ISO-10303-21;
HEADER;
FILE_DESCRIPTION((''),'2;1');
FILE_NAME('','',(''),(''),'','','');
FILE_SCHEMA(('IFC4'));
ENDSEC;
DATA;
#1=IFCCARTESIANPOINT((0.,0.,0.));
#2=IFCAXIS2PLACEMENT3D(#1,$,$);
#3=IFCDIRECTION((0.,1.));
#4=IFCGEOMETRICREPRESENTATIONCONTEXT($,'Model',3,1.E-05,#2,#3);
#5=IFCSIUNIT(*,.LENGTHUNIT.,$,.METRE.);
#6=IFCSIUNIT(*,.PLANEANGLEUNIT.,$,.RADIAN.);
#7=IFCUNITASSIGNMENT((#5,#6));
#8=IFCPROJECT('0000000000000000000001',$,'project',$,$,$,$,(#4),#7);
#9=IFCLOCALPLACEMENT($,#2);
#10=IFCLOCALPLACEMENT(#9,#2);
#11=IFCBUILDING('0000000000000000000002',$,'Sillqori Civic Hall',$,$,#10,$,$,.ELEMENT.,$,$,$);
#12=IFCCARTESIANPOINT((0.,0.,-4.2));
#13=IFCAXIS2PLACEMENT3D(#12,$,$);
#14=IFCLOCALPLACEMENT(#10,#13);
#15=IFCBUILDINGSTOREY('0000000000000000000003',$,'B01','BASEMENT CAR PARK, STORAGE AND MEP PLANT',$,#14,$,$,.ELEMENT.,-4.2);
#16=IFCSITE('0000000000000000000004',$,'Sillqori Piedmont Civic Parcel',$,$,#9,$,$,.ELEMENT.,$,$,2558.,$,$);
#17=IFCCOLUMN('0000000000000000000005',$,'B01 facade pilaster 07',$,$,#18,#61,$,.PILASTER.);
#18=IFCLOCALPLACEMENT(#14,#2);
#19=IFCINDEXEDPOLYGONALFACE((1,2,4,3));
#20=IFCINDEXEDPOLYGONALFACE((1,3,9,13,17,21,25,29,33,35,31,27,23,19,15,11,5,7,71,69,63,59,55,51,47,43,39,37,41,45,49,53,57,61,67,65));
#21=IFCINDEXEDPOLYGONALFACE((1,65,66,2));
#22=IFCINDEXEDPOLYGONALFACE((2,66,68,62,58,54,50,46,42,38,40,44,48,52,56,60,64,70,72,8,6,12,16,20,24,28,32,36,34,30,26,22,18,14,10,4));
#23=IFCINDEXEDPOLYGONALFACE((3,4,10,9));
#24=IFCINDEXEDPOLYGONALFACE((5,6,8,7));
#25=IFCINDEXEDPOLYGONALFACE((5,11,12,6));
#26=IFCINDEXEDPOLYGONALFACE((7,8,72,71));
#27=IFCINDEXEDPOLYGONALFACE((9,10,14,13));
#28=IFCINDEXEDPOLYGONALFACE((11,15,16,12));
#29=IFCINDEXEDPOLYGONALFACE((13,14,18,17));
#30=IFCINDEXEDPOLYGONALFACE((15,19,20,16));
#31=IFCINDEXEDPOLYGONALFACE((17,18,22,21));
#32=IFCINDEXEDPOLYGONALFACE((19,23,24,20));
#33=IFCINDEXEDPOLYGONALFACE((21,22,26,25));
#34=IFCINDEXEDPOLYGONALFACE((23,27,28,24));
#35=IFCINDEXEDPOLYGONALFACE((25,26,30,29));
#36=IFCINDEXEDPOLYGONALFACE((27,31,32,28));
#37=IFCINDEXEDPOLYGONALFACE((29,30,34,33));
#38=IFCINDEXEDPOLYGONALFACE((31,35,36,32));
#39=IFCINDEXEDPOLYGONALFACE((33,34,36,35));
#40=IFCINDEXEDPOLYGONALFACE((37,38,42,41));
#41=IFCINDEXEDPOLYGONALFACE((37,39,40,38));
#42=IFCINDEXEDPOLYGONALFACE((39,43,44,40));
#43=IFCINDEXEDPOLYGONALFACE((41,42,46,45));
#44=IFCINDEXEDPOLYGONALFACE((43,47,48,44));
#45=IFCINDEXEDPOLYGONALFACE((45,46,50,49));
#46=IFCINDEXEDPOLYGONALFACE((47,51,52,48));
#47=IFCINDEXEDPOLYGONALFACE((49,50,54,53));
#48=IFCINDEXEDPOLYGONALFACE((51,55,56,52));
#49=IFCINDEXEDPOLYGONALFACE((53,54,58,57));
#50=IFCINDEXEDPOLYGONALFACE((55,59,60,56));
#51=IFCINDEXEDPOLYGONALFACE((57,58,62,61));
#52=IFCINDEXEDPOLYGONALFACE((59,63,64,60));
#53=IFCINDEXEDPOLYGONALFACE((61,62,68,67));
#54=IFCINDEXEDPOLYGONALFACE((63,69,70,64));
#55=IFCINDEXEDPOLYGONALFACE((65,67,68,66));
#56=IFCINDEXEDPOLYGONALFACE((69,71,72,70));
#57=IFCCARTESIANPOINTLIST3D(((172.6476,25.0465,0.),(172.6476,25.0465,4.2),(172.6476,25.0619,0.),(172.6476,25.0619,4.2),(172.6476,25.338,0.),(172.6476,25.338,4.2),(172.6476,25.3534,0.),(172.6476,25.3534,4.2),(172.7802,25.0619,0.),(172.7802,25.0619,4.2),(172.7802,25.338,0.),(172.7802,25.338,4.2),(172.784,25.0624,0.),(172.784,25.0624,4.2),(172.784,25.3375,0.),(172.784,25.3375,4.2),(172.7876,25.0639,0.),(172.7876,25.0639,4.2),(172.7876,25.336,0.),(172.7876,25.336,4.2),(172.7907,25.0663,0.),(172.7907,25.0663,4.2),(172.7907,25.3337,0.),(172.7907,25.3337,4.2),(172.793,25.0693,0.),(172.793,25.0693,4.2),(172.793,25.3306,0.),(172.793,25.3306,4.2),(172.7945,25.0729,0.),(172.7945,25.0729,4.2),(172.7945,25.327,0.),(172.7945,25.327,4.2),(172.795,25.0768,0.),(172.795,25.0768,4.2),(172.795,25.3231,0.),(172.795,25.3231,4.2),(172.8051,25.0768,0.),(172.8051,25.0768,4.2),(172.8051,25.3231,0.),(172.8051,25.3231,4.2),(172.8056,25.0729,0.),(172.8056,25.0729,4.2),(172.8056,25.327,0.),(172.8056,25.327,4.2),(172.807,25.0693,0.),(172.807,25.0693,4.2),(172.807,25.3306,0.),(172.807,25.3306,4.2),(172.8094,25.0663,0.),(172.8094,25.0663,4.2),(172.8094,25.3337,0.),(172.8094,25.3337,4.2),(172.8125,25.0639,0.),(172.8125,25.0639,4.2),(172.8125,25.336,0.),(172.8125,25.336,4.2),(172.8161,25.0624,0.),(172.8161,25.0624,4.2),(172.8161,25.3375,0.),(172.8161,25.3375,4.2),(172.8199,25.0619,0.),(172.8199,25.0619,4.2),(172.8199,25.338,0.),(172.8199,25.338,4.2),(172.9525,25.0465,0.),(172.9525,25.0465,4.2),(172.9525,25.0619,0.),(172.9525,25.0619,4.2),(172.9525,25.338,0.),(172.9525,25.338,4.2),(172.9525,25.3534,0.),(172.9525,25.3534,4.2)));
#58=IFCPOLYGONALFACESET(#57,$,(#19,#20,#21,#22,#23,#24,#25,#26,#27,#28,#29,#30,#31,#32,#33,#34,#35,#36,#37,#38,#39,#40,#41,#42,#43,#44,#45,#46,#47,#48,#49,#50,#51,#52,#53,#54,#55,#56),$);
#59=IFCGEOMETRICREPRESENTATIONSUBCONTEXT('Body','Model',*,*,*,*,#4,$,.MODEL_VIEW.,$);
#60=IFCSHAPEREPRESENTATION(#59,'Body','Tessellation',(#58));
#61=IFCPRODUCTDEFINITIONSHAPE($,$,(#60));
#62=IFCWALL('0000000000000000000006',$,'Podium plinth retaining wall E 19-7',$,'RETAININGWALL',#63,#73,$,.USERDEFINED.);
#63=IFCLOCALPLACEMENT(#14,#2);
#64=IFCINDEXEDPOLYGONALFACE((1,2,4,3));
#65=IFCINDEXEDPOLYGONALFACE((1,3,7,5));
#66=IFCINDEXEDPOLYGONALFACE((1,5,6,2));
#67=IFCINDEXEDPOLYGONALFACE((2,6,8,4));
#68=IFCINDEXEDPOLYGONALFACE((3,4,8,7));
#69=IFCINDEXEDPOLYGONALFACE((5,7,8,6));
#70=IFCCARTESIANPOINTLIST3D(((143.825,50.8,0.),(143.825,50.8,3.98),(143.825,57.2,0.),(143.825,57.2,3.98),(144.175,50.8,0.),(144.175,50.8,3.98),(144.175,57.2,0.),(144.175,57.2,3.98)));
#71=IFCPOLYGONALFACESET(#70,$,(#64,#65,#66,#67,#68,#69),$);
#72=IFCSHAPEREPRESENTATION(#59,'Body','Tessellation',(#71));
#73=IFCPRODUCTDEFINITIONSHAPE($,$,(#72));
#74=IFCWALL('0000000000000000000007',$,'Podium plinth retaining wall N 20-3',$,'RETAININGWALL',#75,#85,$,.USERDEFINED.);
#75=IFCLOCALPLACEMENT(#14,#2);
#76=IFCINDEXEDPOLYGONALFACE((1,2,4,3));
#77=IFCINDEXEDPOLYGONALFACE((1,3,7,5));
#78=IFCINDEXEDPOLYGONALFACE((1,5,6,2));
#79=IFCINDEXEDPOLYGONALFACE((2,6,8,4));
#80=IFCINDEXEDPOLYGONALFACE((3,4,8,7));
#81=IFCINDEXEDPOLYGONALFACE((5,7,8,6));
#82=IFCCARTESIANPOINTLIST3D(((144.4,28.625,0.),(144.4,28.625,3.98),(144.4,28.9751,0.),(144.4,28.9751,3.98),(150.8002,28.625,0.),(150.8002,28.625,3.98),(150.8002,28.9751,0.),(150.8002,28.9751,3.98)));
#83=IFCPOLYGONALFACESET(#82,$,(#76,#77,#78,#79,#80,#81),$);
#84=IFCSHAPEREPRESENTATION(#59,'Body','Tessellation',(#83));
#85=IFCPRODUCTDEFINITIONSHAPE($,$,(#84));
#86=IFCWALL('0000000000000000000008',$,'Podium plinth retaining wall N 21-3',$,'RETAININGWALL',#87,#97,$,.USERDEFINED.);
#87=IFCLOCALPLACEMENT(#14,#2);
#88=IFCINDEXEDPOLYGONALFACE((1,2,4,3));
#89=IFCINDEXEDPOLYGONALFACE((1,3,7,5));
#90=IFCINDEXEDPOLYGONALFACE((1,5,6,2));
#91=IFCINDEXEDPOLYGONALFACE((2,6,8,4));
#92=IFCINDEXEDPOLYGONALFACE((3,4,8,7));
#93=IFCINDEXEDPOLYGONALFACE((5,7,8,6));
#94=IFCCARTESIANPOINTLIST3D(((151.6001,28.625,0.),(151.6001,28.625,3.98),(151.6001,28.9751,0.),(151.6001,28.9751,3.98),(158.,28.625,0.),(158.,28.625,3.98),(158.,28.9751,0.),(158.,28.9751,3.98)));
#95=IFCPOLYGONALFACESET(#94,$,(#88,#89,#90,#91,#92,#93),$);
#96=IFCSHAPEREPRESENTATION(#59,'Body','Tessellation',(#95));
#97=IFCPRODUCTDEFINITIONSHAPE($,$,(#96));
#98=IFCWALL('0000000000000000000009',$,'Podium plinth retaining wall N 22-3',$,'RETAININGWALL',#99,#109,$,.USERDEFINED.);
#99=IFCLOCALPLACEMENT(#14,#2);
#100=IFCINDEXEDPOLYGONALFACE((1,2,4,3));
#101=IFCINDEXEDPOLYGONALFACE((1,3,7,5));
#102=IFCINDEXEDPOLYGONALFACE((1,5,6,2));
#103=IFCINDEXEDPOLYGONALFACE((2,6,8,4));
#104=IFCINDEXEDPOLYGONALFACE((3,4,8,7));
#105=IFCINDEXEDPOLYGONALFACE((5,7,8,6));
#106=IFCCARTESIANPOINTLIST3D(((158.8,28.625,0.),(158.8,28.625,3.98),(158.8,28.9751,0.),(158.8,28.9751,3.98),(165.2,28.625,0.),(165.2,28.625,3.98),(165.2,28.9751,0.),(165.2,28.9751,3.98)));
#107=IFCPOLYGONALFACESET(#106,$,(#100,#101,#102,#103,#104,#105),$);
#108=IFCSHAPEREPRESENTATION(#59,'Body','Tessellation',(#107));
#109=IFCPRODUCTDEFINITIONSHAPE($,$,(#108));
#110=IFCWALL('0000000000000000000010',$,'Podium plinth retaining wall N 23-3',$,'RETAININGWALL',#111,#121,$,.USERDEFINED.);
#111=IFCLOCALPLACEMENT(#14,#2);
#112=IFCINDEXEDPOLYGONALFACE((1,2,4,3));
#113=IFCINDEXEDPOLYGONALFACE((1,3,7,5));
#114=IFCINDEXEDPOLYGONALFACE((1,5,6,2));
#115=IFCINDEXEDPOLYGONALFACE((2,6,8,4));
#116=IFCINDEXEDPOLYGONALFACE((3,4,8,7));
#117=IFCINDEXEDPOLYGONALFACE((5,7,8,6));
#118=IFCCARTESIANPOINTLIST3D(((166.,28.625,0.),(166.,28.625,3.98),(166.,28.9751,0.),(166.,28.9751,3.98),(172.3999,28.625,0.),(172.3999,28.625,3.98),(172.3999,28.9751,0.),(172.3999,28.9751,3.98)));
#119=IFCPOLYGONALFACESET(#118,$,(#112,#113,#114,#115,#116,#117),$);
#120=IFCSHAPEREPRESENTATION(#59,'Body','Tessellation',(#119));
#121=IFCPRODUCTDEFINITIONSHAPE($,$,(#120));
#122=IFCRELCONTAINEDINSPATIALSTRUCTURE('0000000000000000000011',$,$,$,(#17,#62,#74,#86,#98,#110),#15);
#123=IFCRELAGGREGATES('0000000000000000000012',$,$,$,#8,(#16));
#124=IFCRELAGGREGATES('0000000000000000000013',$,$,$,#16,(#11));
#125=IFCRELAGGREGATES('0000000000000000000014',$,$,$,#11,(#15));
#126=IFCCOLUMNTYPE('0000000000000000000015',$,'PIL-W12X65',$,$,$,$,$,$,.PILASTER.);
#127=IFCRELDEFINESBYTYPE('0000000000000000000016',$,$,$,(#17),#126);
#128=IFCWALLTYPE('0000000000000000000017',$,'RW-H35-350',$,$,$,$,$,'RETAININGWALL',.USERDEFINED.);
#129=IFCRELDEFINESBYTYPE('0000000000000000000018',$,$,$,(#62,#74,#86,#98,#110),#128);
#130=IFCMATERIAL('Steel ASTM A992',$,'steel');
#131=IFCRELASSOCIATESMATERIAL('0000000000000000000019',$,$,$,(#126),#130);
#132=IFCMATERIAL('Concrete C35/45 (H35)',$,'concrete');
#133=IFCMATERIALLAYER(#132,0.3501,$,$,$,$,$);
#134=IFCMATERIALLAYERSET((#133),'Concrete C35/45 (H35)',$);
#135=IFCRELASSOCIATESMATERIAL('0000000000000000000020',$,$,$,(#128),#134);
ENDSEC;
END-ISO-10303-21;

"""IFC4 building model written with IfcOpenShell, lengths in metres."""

from ifc_helpers import new_model, si_unit, direction, frame, frame_2d, origin, origin_2d, place, context, subcontext, project, spatial, rectangle, i_section, extrude, material, layer, layer_set, material_profile, profile_set, type_object, element, save


model = new_model("IFC4")

# Units and contexts
model_context = context("Model", 3, precision=1e-05, world=origin(), true_north=direction((0.0, 1.0)))
body_context = subcontext(model_context, "Body", "Model", "MODEL_VIEW")
ifc_project = project(units=[si_unit("LENGTHUNIT", "METRE"), si_unit("PLANEANGLEUNIT", "RADIAN")], contexts=[model_context])

# Site, building, storey
site_placement = place(None, origin())
site = spatial("IfcSite", under=ifc_project, at=site_placement, Name="Sillqori Piedmont Civic Parcel", CompositionType="ELEMENT", RefElevation=2558.0)
building_placement = place(site_placement, origin())
building = spatial("IfcBuilding", under=site, at=building_placement, Name="Sillqori Civic Hall", CompositionType="ELEMENT")
storey_placement = place(building_placement, frame((0.0, 0.0, -4.2)))
storey = spatial("IfcBuildingStorey", under=building, at=storey_placement, Name="B01", Description="BASEMENT CAR PARK, STORAGE AND MEP PLANT", CompositionType="ELEMENT", Elevation=-4.2)

# Shared definitions
ifc_material_1 = material(Name="Concrete C35/45 (H35)", Category="concrete")

# Column
ifc_material_2 = material(Name="Steel ASTM A992", Category="steel")
ifc_material_profile_1 = material_profile(ifc_material_2, i_section(OverallWidth=0.3049, OverallDepth=0.3069, WebThickness=0.01, FlangeThickness=0.0154, FilletRadius=0.0149, at=origin_2d()), Name="W12X65")
ifc_profile_set_1 = profile_set([ifc_material_profile_1], Name="Steel ASTM A992")
column_type_1 = type_object("IfcColumnType", Name="PIL-W12X65", PredefinedType="PILASTER", material=ifc_profile_set_1)
column_placement = place(storey_placement, frame((172.8, 25.2, 0.0), z_axis=(0.0, 0.0, 1.0), x_axis=(1.0, 0.0, 0.0)))
element("IfcColumn", 1, at=column_placement, inside=storey, type_object=column_type_1, Name="B01 facade pilaster 07", PredefinedType="PILASTER", context=body_context, shape_type="SweptSolid", body=[
    extrude(i_section(OverallWidth=0.3049, OverallDepth=0.3069, WebThickness=0.01, FlangeThickness=0.0154, FilletRadius=0.0149, at=origin_2d()), origin(), (0.0, 0.0, 1.0), 4.2),
])

# Walls
ifc_layer = layer(ifc_material_1, 0.3501)
ifc_layer_set = layer_set([ifc_layer], Name="Concrete C35/45 (H35)")
wall_type = type_object("IfcWallType", Name="RW-H35-350", ElementType="RETAININGWALL", PredefinedType="USERDEFINED", material=ifc_layer_set)
wall_1_placement = place(storey_placement, frame((144.0, 50.8, 0.0), z_axis=(0.0, 0.0, 1.0), x_axis=(0.0, 1.0, 0.0)))
element("IfcWall", 2, at=wall_1_placement, inside=storey, type_object=wall_type, Name="Podium plinth retaining wall E 19-7", ObjectType="RETAININGWALL", PredefinedType="USERDEFINED", context=body_context, shape_type="SweptSolid", body=[
    extrude(rectangle(XDim=6.3999, YDim=0.3501, at=frame_2d((3.2, 0.0))), origin(), (0.0, 0.0, 1.0), 3.98),
])
wall_2_placement = place(storey_placement, frame((144.3999, 28.8, 0.0), z_axis=(0.0, 0.0, 1.0), x_axis=(1.0, 0.0, 0.0)))
element("IfcWall", 3, at=wall_2_placement, inside=storey, type_object=wall_type, Name="Podium plinth retaining wall N 20-3", ObjectType="RETAININGWALL", PredefinedType="USERDEFINED", context=body_context, shape_type="SweptSolid", body=[
    extrude(rectangle(XDim=6.4001, YDim=0.3501, at=frame_2d((3.2002, 0.0))), origin(), (0.0, 0.0, 1.0), 3.98),
])
for number, where, z_axis, x_axis, name in (
    (4, (151.6001, 28.8, 0.0), (0.0, 0.0, 1.0), (1.0, 0.0, 0.0), "Podium plinth retaining wall N 21-3"),
    (5, (158.8, 28.8, 0.0), (0.0, 0.0, 1.0), (1.0, 0.0, 0.0), "Podium plinth retaining wall N 22-3"),
    (6, (166.0, 28.8, 0.0), (0.0, 0.0, 1.0), (1.0, 0.0, 0.0), "Podium plinth retaining wall N 23-3"),
):
    element("IfcWall", number, at=place(storey_placement, frame(where, z_axis=z_axis, x_axis=x_axis)), inside=storey, type_object=wall_type, Name=name, ObjectType="RETAININGWALL", PredefinedType="USERDEFINED", context=body_context, shape_type="SweptSolid", body=[
        extrude(rectangle(XDim=6.3999, YDim=0.3501, at=frame_2d((3.2, 0.0))), origin(), (0.0, 0.0, 1.0), 3.98),
    ])

save(model, "model.ifc")
